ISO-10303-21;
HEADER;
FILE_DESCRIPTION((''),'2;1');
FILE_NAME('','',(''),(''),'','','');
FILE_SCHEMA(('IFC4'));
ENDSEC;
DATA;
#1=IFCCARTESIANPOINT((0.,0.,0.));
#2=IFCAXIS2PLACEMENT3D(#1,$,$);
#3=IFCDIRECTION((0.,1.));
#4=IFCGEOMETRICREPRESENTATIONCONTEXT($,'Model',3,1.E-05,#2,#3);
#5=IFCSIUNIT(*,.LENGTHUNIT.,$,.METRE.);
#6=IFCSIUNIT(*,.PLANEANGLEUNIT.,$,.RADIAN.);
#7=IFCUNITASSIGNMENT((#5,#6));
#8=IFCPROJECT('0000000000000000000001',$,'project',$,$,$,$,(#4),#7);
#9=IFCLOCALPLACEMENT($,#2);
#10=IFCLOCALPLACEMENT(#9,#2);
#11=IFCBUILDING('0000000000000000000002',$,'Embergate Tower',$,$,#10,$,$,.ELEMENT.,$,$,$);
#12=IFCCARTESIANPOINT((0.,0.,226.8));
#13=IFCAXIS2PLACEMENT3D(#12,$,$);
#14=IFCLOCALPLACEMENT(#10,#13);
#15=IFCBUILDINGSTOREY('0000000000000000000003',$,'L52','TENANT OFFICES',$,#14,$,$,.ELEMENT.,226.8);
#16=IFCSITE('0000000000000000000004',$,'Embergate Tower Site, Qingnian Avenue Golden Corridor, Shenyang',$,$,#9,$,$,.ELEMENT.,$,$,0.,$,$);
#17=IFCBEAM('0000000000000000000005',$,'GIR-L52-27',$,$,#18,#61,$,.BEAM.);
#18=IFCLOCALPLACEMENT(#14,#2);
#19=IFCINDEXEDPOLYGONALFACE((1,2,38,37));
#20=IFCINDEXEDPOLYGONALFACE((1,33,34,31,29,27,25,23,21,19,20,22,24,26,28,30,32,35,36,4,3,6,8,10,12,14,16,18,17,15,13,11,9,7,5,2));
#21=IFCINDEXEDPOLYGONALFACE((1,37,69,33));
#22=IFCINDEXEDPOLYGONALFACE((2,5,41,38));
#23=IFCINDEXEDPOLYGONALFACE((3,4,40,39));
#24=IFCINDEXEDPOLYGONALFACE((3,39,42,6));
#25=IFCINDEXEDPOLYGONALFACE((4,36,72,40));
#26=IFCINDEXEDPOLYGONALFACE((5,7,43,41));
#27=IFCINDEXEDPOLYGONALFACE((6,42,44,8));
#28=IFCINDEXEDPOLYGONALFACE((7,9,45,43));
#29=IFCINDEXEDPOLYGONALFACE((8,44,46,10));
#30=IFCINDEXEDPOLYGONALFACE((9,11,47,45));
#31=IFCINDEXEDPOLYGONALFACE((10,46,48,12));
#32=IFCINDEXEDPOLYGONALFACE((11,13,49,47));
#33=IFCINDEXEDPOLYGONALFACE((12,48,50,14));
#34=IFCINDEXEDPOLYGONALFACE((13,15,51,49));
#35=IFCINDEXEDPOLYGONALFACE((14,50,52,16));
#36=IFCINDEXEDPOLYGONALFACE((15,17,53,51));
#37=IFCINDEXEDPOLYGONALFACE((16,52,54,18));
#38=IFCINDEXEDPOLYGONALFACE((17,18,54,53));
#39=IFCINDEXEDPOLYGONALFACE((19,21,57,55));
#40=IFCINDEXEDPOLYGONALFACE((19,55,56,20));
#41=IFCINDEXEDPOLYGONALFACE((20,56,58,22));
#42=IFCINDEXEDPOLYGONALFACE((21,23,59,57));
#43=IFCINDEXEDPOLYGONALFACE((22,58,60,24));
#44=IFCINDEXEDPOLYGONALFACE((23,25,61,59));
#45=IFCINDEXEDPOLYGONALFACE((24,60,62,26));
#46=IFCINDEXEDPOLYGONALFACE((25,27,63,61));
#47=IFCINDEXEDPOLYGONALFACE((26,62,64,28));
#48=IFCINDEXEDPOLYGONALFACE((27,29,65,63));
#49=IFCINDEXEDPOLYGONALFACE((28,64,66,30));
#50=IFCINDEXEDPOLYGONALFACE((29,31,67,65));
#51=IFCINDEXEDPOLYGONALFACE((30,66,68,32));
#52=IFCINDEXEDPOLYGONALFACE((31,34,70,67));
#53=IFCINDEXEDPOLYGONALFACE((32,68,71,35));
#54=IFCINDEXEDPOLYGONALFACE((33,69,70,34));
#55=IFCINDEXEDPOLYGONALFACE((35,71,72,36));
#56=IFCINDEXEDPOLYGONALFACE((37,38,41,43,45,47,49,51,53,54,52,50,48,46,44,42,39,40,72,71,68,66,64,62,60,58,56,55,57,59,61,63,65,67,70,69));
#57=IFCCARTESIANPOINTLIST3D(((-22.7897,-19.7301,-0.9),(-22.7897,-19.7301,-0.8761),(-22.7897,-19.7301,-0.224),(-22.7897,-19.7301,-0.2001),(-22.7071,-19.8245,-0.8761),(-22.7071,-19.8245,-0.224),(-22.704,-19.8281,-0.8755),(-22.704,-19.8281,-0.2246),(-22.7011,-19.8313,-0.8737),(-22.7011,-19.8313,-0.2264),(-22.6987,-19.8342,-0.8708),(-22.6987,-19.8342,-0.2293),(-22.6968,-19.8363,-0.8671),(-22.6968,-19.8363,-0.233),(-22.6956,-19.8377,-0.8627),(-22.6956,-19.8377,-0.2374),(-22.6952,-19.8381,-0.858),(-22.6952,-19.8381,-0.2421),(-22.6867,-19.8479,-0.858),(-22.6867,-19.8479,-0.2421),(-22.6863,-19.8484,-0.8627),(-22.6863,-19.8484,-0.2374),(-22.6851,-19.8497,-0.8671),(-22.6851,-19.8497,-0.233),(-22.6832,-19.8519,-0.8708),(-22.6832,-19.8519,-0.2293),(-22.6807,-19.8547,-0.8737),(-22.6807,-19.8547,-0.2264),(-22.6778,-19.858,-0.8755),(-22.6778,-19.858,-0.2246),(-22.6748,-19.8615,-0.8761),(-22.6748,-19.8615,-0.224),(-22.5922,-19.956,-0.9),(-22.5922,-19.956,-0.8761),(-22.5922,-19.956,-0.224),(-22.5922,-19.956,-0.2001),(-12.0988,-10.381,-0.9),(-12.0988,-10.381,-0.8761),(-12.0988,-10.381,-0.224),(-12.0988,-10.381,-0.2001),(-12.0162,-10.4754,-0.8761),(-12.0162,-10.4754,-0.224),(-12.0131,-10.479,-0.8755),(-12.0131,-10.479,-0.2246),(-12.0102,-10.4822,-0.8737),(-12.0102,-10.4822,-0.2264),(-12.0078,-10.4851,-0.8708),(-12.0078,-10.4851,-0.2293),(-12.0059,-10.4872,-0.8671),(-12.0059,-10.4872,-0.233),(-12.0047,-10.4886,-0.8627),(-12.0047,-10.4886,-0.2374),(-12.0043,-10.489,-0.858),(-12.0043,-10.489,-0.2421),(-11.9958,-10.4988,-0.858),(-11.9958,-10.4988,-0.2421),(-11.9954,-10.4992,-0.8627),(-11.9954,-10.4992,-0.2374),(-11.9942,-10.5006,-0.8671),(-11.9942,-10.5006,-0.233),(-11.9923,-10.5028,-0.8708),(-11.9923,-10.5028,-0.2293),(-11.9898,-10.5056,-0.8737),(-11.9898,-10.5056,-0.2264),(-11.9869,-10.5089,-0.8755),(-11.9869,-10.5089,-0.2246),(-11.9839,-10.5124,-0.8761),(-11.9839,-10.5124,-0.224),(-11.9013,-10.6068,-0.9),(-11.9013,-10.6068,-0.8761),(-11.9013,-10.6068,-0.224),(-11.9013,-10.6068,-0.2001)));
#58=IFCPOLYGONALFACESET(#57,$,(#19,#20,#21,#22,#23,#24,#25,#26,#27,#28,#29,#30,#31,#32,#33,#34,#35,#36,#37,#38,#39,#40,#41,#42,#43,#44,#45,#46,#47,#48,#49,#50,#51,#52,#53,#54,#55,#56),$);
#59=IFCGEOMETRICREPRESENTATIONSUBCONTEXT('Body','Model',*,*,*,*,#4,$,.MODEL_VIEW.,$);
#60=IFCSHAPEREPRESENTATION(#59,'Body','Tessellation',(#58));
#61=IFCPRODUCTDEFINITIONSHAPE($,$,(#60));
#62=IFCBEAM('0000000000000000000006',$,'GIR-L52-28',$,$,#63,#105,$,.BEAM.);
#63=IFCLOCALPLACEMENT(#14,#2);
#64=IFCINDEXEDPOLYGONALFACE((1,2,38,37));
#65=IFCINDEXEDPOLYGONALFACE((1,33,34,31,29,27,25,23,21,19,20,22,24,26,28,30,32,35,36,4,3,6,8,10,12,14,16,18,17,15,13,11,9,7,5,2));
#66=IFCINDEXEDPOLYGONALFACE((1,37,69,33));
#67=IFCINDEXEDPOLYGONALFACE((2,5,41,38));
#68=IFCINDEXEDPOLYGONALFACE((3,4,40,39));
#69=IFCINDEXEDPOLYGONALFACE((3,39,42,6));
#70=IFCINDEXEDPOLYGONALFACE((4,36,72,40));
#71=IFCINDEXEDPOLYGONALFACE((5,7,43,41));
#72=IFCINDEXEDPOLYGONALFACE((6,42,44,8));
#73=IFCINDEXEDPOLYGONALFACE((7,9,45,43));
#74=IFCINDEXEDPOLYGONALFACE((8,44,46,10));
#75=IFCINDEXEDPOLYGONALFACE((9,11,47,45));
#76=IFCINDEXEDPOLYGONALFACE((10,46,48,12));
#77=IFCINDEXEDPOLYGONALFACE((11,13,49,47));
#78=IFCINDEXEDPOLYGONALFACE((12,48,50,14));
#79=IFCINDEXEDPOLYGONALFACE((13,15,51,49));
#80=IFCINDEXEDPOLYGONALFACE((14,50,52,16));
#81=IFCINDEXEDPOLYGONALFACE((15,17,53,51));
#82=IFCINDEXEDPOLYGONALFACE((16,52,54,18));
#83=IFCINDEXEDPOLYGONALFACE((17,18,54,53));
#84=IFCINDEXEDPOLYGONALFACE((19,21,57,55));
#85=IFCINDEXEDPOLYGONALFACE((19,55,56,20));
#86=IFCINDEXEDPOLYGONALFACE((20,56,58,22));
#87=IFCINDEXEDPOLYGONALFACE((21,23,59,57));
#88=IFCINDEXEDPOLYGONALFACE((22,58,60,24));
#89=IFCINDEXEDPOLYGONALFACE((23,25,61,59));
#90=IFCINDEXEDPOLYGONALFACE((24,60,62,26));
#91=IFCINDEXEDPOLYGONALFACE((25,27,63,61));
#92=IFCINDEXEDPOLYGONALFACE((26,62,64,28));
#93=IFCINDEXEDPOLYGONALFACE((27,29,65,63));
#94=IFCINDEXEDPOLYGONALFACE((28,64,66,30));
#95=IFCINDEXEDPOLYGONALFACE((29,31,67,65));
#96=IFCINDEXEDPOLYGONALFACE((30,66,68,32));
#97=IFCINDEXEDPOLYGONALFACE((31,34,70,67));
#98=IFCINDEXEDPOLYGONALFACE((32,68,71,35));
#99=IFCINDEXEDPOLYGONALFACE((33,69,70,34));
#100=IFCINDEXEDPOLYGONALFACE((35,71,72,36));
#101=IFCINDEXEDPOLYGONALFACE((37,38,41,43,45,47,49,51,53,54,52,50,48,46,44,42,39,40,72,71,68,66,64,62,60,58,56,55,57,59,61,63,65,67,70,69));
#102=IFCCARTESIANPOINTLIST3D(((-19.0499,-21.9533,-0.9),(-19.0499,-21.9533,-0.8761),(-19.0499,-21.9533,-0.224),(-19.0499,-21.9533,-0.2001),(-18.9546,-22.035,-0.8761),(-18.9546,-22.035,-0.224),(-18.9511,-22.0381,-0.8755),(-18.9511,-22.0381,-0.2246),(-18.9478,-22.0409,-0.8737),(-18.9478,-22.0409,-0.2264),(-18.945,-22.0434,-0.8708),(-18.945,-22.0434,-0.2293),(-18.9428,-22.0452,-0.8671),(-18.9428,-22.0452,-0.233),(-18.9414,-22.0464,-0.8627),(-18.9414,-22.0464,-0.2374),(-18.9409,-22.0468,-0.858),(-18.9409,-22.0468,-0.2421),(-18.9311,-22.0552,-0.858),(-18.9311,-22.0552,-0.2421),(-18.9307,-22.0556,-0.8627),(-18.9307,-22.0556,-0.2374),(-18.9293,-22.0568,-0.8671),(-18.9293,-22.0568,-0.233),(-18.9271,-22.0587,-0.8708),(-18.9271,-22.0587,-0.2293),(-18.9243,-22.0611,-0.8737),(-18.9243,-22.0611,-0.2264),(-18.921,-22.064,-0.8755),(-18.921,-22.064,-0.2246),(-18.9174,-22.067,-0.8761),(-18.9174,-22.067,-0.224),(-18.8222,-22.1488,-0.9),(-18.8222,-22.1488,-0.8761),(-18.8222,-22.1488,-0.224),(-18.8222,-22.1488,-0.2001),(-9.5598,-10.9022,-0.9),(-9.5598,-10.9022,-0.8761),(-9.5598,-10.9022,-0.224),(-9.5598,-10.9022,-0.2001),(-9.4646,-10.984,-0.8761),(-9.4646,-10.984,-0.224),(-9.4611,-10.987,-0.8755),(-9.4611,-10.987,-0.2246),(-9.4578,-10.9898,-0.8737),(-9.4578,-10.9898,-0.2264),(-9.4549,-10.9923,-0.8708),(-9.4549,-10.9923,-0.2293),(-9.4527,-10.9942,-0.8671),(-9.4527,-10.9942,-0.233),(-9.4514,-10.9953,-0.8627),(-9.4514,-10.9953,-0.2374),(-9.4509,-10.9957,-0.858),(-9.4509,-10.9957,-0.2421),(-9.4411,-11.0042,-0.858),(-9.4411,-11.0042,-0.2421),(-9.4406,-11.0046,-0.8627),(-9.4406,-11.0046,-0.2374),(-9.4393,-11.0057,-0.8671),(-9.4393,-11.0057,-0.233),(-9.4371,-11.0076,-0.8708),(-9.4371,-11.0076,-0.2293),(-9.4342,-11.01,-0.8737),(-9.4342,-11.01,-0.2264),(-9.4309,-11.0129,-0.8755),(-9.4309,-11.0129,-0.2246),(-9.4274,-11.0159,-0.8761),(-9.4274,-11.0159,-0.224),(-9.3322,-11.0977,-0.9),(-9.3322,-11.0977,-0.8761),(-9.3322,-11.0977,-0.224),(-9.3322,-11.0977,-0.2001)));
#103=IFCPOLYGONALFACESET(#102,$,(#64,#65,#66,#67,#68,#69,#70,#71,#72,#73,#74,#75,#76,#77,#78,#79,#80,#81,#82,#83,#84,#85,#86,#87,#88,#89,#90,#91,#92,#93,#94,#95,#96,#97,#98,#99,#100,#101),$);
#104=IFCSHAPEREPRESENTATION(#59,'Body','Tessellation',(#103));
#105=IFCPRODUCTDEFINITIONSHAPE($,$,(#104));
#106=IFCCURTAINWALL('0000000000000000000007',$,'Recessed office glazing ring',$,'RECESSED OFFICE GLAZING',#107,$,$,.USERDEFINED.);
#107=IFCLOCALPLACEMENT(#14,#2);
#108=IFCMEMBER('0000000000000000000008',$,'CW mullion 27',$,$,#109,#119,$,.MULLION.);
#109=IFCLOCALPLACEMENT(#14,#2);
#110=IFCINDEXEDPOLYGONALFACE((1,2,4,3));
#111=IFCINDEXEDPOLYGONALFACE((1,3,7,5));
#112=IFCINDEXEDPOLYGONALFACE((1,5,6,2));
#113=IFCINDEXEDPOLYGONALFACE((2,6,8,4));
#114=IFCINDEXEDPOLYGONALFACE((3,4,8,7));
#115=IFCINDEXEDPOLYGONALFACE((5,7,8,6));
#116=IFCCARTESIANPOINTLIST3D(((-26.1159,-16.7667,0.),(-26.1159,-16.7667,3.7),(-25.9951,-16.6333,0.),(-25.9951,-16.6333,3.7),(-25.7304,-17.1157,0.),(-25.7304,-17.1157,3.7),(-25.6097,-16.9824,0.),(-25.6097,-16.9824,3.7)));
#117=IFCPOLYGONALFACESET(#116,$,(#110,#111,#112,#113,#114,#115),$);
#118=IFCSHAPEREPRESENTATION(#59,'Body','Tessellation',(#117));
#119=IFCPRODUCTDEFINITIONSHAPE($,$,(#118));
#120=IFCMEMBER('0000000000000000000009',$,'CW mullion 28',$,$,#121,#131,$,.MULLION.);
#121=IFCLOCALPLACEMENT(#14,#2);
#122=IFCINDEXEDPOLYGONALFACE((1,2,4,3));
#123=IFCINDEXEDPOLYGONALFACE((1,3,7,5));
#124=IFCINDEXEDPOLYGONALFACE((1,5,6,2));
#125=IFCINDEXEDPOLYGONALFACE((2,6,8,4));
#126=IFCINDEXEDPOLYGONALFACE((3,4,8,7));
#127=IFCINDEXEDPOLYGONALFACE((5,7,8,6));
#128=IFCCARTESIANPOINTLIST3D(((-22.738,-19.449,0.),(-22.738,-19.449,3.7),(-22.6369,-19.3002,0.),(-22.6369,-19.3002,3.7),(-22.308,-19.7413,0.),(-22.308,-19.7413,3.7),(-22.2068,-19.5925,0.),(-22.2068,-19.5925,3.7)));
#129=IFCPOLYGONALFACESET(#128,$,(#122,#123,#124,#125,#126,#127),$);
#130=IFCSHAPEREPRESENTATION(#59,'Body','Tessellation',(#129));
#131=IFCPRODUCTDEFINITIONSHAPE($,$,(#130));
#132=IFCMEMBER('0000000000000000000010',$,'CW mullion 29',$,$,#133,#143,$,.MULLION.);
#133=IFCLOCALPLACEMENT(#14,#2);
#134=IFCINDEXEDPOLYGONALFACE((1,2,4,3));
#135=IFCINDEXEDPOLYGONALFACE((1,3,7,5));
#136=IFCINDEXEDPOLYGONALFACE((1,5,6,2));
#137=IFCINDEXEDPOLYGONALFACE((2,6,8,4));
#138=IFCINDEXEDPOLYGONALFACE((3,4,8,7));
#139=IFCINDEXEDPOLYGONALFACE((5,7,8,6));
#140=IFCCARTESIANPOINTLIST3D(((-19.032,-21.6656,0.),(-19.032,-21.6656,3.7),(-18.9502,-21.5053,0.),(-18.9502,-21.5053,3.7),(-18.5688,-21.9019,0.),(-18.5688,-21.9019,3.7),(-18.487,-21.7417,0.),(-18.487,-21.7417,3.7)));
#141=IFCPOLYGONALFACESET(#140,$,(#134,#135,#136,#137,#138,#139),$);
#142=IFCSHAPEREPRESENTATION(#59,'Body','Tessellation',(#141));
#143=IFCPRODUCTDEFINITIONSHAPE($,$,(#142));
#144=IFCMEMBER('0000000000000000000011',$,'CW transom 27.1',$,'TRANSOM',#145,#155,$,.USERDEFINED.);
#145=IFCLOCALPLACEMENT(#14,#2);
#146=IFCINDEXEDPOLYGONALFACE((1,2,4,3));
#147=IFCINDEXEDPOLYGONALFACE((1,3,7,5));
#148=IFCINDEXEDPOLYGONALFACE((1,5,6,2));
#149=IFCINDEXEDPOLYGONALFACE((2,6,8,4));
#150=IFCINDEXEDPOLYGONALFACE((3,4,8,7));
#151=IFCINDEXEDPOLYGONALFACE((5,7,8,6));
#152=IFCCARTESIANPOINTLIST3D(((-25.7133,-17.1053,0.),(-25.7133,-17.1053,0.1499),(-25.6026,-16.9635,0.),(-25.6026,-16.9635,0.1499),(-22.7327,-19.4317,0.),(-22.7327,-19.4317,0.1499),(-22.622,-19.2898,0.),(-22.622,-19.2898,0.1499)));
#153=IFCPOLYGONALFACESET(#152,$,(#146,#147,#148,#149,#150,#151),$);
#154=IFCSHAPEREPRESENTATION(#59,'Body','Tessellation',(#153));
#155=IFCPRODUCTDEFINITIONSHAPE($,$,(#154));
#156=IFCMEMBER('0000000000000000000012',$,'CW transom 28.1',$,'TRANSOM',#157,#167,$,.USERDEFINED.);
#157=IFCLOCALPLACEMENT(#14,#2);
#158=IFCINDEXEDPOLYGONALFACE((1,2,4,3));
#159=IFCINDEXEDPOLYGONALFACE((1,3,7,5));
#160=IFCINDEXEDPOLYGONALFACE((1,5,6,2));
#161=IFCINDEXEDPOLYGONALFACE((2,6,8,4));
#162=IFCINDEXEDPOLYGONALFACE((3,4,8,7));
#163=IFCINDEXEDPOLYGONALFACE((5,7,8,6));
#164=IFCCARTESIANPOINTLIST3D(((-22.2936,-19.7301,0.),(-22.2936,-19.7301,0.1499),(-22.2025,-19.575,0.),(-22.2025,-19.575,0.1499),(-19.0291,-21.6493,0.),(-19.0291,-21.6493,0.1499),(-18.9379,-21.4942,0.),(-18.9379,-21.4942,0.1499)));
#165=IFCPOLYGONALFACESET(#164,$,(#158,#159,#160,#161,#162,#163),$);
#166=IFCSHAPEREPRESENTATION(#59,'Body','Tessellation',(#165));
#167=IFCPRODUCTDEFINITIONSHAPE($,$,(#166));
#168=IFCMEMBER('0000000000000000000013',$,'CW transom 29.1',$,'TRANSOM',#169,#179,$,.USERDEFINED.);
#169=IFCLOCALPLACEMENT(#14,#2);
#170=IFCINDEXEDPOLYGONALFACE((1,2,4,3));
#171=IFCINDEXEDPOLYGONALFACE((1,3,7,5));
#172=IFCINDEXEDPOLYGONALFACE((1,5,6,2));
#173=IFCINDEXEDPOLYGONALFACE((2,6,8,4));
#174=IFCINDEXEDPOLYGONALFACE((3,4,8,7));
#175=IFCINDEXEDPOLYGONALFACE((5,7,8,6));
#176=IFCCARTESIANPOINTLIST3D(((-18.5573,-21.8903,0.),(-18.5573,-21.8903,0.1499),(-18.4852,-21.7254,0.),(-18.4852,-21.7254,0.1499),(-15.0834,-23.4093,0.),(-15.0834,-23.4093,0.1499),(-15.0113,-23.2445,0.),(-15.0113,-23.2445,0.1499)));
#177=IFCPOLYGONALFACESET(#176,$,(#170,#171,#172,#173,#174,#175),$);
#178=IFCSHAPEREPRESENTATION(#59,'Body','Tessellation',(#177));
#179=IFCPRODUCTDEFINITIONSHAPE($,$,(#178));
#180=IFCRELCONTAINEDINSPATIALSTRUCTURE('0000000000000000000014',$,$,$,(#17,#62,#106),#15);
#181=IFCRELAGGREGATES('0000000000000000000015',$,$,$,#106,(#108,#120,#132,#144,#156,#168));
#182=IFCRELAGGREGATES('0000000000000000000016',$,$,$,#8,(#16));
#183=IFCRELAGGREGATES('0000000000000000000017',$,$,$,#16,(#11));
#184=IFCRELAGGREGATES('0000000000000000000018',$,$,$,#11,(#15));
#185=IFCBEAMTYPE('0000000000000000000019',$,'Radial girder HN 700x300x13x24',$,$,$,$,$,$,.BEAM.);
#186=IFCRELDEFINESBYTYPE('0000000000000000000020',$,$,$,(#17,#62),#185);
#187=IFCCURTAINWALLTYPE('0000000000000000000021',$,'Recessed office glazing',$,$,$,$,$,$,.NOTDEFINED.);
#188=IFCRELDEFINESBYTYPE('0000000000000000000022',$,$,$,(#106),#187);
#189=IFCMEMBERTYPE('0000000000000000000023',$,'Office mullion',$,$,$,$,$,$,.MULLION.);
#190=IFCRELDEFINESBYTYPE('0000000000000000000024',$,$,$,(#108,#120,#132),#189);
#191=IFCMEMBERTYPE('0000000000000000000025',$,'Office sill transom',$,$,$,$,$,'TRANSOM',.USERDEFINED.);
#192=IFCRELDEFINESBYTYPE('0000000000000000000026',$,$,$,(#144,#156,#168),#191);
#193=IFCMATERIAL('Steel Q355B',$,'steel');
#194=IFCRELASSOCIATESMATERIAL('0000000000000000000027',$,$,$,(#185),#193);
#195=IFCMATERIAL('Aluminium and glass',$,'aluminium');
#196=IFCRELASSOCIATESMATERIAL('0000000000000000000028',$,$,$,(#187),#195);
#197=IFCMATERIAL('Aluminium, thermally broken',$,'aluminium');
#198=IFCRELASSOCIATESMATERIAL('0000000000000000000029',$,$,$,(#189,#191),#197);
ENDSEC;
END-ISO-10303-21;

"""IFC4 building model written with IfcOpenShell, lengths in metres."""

from ifc_helpers import new_model, si_unit, direction, frame, origin, origin_2d, place, context, subcontext, project, spatial, rectangle, i_section, extrude, source, transform, mapped, material, material_profile, profile_set, type_object, element, aggregate, save


model = new_model("IFC4")

# Units and contexts
model_context = context("Model", 3, precision=1e-05, world=origin(), true_north=direction((0.0, 1.0)))
body_context = subcontext(model_context, "Body", "Model", "MODEL_VIEW")
ifc_project = project(units=[si_unit("LENGTHUNIT", "METRE"), si_unit("PLANEANGLEUNIT", "RADIAN")], contexts=[model_context])

# Site, building, storey
site_placement = place(None, origin())
site = spatial("IfcSite", under=ifc_project, at=site_placement, Name="Embergate Tower Site, Qingnian Avenue Golden Corridor, Shenyang", CompositionType="ELEMENT", RefElevation=0.0)
building_placement = place(site_placement, origin())
building = spatial("IfcBuilding", under=site, at=building_placement, Name="Embergate Tower", CompositionType="ELEMENT")
storey_placement = place(building_placement, frame((0.0, 0.0, 226.8)))
storey = spatial("IfcBuildingStorey", under=building, at=storey_placement, Name="L52", Description="TENANT OFFICES", CompositionType="ELEMENT", Elevation=226.8)

# Beams
ifc_material_1 = material(Name="Steel Q355B", Category="steel")
ifc_material_profile_1 = material_profile(ifc_material_1, i_section(OverallWidth=0.3, OverallDepth=0.7, WebThickness=0.0129, FlangeThickness=0.0239, FilletRadius=0.0181, at=origin_2d()), Name="HN 700x300x13x24")
ifc_profile_set_1 = profile_set([ifc_material_profile_1], Name="Steel Q355 grade B")
beam_type_1 = type_object("IfcBeamType", Name="Radial girder HN 700x300x13x24", PredefinedType="BEAM", material=ifc_profile_set_1)
shared_shape_1 = source(origin(), body_context, "Body", "SweptSolid", [
    extrude(i_section(OverallWidth=0.3, OverallDepth=0.7, WebThickness=0.0129, FlangeThickness=0.0239, FilletRadius=0.0181, at=origin_2d()), origin(), (0.0, 0.0, 1.0), 14.2021),
])
beam_1_placement = place(storey_placement, frame((-22.6909, -19.843, -0.55), z_axis=(0.752766, 0.658288, 0.0), x_axis=(-0.658288, 0.752766, 0.0)))
element("IfcBeam", 1, at=beam_1_placement, inside=storey, type_object=beam_type_1, Name="GIR-L52-27", PredefinedType="BEAM", context=body_context, shape_type="MappedRepresentation", body=[
    mapped(shared_shape_1, transform((0.0, 0.0, 0.0))),
])
shared_shape_2 = source(origin(), body_context, "Body", "SweptSolid", [
    extrude(i_section(OverallWidth=0.3, OverallDepth=0.7, WebThickness=0.0129, FlangeThickness=0.0239, FilletRadius=0.0181, at=origin_2d()), origin(), (0.0, 0.0, 1.0), 14.5667),
])
beam_2_placement = place(storey_placement, frame((-18.936, -22.051, -0.55), z_axis=(0.651491, 0.758656, 0.0), x_axis=(-0.758656, 0.651491, 0.0)))
element("IfcBeam", 2, at=beam_2_placement, inside=storey, type_object=beam_type_1, Name="GIR-L52-28", PredefinedType="BEAM", context=body_context, shape_type="MappedRepresentation", body=[
    mapped(shared_shape_2, transform((0.0, 0.0, 0.0))),
])

# Curtain wall, members
ifc_material_2 = material(Name="Aluminium and glass", Category="aluminium")
curtain_wall_type = type_object("IfcCurtainWallType", Name="Recessed office glazing", PredefinedType="NOTDEFINED", material=ifc_material_2)
curtain_wall_placement = place(storey_placement, origin())
curtain_wall = element("IfcCurtainWall", 3, at=curtain_wall_placement, inside=storey, type_object=curtain_wall_type, Name="Recessed office glazing ring", ObjectType="RECESSED OFFICE GLAZING", PredefinedType="USERDEFINED")
ifc_material_3 = material(Name="Aluminium, thermally broken", Category="aluminium")
ifc_material_profile_2 = material_profile(ifc_material_3, rectangle(XDim=0.1799, YDim=0.52, at=origin_2d()), Name="AL 520x180")
ifc_profile_set_2 = profile_set([ifc_material_profile_2], Name="Aluminium, thermally broken")
member_type_1 = type_object("IfcMemberType", Name="Office mullion", PredefinedType="MULLION", material=ifc_profile_set_2)
shared_shape_3 = source(origin(), body_context, "Body", "SweptSolid", [
    extrude(rectangle(XDim=0.1799, YDim=0.52, at=origin_2d()), origin(), (0.0, 0.0, 1.0), 3.7),
])
member_1_placement = place(storey_placement, frame((-25.8628, -16.8745, 0.0), z_axis=(0.0, 0.0, 1.0), x_axis=(0.671228, 0.741251, 0.0)))
member_1 = element("IfcMember", 4, at=member_1_placement, type_object=member_type_1, Name="CW mullion 27", PredefinedType="MULLION", context=body_context, shape_type="MappedRepresentation", body=[
    mapped(shared_shape_3, transform((0.0, 0.0, 0.0))),
])
member_2_placement = place(storey_placement, frame((-22.4724, -19.5208, 0.0), z_axis=(0.0, 0.0, 1.0), x_axis=(0.562219, 0.826988, 0.0)))
member_2 = element("IfcMember", 5, at=member_2_placement, type_object=member_type_1, Name="CW mullion 28", PredefinedType="MULLION", context=body_context, shape_type="MappedRepresentation", body=[
    mapped(shared_shape_3, transform((0.0, 0.0, 0.0))),
])
member_3_placement = place(storey_placement, frame((-18.7595, -21.7036, 0.0), z_axis=(0.0, 0.0, 1.0), x_axis=(0.454513, 0.89074, 0.0)))
member_3 = element("IfcMember", 6, at=member_3_placement, type_object=member_type_1, Name="CW mullion 29", PredefinedType="MULLION", context=body_context, shape_type="MappedRepresentation", body=[
    mapped(shared_shape_3, transform((0.0, 0.0, 0.0))),
])
ifc_material_profile_3 = material_profile(ifc_material_3, rectangle(XDim=0.1799, YDim=0.1499, at=origin_2d()), Name="AL 150x180")
ifc_profile_set_3 = profile_set([ifc_material_profile_3], Name="Aluminium, thermally broken")
member_type_2 = type_object("IfcMemberType", Name="Office sill transom", ElementType="TRANSOM", PredefinedType="USERDEFINED", material=ifc_profile_set_3)
shared_shape_4 = source(origin(), body_context, "Body", "SweptSolid", [
    extrude(rectangle(XDim=0.1799, YDim=0.1499, at=origin_2d()), origin(), (0.0, 0.0, 1.0), 3.781),
])
member_4_placement = place(storey_placement, frame((-25.658, -17.0344, 0.075), z_axis=(0.788315, -0.615272, 0.0), x_axis=(0.615272, 0.788315, 0.0)))
member_4 = element("IfcMember", 7, at=member_4_placement, type_object=member_type_2, Name="CW transom 27.1", ObjectType="TRANSOM", PredefinedType="USERDEFINED", context=body_context, shape_type="MappedRepresentation", body=[
    mapped(shared_shape_4, transform((0.0, 0.0, 0.0))),
])
shared_shape_5 = source(origin(), body_context, "Body", "SweptSolid", [
    extrude(rectangle(XDim=0.1799, YDim=0.1499, at=origin_2d()), origin(), (0.0, 0.0, 1.0), 3.7869),
])
member_5_placement = place(storey_placement, frame((-22.248, -19.6526, 0.075), z_axis=(0.862072, -0.506786, 0.0), x_axis=(0.506786, 0.862072, 0.0)))
member_5 = element("IfcMember", 8, at=member_5_placement, type_object=member_type_2, Name="CW transom 28.1", ObjectType="TRANSOM", PredefinedType="USERDEFINED", context=body_context, shape_type="MappedRepresentation", body=[
    mapped(shared_shape_5, transform((0.0, 0.0, 0.0))),
])
shared_shape_6 = source(origin(), body_context, "Body", "SweptSolid", [
    extrude(rectangle(XDim=0.1799, YDim=0.1499, at=origin_2d()), origin(), (0.0, 0.0, 1.0), 3.7915),
])
member_6_placement = place(storey_placement, frame((-18.5212, -21.8079, 0.075), z_axis=(0.916233, -0.400647, 0.0), x_axis=(0.400647, 0.916233, 0.0)))
member_6 = element("IfcMember", 9, at=member_6_placement, type_object=member_type_2, Name="CW transom 29.1", ObjectType="TRANSOM", PredefinedType="USERDEFINED", context=body_context, shape_type="MappedRepresentation", body=[
    mapped(shared_shape_6, transform((0.0, 0.0, 0.0))),
])
aggregate(curtain_wall, [member_1, member_2, member_3, member_4, member_5, member_6])

save(model, "model.ifc")
